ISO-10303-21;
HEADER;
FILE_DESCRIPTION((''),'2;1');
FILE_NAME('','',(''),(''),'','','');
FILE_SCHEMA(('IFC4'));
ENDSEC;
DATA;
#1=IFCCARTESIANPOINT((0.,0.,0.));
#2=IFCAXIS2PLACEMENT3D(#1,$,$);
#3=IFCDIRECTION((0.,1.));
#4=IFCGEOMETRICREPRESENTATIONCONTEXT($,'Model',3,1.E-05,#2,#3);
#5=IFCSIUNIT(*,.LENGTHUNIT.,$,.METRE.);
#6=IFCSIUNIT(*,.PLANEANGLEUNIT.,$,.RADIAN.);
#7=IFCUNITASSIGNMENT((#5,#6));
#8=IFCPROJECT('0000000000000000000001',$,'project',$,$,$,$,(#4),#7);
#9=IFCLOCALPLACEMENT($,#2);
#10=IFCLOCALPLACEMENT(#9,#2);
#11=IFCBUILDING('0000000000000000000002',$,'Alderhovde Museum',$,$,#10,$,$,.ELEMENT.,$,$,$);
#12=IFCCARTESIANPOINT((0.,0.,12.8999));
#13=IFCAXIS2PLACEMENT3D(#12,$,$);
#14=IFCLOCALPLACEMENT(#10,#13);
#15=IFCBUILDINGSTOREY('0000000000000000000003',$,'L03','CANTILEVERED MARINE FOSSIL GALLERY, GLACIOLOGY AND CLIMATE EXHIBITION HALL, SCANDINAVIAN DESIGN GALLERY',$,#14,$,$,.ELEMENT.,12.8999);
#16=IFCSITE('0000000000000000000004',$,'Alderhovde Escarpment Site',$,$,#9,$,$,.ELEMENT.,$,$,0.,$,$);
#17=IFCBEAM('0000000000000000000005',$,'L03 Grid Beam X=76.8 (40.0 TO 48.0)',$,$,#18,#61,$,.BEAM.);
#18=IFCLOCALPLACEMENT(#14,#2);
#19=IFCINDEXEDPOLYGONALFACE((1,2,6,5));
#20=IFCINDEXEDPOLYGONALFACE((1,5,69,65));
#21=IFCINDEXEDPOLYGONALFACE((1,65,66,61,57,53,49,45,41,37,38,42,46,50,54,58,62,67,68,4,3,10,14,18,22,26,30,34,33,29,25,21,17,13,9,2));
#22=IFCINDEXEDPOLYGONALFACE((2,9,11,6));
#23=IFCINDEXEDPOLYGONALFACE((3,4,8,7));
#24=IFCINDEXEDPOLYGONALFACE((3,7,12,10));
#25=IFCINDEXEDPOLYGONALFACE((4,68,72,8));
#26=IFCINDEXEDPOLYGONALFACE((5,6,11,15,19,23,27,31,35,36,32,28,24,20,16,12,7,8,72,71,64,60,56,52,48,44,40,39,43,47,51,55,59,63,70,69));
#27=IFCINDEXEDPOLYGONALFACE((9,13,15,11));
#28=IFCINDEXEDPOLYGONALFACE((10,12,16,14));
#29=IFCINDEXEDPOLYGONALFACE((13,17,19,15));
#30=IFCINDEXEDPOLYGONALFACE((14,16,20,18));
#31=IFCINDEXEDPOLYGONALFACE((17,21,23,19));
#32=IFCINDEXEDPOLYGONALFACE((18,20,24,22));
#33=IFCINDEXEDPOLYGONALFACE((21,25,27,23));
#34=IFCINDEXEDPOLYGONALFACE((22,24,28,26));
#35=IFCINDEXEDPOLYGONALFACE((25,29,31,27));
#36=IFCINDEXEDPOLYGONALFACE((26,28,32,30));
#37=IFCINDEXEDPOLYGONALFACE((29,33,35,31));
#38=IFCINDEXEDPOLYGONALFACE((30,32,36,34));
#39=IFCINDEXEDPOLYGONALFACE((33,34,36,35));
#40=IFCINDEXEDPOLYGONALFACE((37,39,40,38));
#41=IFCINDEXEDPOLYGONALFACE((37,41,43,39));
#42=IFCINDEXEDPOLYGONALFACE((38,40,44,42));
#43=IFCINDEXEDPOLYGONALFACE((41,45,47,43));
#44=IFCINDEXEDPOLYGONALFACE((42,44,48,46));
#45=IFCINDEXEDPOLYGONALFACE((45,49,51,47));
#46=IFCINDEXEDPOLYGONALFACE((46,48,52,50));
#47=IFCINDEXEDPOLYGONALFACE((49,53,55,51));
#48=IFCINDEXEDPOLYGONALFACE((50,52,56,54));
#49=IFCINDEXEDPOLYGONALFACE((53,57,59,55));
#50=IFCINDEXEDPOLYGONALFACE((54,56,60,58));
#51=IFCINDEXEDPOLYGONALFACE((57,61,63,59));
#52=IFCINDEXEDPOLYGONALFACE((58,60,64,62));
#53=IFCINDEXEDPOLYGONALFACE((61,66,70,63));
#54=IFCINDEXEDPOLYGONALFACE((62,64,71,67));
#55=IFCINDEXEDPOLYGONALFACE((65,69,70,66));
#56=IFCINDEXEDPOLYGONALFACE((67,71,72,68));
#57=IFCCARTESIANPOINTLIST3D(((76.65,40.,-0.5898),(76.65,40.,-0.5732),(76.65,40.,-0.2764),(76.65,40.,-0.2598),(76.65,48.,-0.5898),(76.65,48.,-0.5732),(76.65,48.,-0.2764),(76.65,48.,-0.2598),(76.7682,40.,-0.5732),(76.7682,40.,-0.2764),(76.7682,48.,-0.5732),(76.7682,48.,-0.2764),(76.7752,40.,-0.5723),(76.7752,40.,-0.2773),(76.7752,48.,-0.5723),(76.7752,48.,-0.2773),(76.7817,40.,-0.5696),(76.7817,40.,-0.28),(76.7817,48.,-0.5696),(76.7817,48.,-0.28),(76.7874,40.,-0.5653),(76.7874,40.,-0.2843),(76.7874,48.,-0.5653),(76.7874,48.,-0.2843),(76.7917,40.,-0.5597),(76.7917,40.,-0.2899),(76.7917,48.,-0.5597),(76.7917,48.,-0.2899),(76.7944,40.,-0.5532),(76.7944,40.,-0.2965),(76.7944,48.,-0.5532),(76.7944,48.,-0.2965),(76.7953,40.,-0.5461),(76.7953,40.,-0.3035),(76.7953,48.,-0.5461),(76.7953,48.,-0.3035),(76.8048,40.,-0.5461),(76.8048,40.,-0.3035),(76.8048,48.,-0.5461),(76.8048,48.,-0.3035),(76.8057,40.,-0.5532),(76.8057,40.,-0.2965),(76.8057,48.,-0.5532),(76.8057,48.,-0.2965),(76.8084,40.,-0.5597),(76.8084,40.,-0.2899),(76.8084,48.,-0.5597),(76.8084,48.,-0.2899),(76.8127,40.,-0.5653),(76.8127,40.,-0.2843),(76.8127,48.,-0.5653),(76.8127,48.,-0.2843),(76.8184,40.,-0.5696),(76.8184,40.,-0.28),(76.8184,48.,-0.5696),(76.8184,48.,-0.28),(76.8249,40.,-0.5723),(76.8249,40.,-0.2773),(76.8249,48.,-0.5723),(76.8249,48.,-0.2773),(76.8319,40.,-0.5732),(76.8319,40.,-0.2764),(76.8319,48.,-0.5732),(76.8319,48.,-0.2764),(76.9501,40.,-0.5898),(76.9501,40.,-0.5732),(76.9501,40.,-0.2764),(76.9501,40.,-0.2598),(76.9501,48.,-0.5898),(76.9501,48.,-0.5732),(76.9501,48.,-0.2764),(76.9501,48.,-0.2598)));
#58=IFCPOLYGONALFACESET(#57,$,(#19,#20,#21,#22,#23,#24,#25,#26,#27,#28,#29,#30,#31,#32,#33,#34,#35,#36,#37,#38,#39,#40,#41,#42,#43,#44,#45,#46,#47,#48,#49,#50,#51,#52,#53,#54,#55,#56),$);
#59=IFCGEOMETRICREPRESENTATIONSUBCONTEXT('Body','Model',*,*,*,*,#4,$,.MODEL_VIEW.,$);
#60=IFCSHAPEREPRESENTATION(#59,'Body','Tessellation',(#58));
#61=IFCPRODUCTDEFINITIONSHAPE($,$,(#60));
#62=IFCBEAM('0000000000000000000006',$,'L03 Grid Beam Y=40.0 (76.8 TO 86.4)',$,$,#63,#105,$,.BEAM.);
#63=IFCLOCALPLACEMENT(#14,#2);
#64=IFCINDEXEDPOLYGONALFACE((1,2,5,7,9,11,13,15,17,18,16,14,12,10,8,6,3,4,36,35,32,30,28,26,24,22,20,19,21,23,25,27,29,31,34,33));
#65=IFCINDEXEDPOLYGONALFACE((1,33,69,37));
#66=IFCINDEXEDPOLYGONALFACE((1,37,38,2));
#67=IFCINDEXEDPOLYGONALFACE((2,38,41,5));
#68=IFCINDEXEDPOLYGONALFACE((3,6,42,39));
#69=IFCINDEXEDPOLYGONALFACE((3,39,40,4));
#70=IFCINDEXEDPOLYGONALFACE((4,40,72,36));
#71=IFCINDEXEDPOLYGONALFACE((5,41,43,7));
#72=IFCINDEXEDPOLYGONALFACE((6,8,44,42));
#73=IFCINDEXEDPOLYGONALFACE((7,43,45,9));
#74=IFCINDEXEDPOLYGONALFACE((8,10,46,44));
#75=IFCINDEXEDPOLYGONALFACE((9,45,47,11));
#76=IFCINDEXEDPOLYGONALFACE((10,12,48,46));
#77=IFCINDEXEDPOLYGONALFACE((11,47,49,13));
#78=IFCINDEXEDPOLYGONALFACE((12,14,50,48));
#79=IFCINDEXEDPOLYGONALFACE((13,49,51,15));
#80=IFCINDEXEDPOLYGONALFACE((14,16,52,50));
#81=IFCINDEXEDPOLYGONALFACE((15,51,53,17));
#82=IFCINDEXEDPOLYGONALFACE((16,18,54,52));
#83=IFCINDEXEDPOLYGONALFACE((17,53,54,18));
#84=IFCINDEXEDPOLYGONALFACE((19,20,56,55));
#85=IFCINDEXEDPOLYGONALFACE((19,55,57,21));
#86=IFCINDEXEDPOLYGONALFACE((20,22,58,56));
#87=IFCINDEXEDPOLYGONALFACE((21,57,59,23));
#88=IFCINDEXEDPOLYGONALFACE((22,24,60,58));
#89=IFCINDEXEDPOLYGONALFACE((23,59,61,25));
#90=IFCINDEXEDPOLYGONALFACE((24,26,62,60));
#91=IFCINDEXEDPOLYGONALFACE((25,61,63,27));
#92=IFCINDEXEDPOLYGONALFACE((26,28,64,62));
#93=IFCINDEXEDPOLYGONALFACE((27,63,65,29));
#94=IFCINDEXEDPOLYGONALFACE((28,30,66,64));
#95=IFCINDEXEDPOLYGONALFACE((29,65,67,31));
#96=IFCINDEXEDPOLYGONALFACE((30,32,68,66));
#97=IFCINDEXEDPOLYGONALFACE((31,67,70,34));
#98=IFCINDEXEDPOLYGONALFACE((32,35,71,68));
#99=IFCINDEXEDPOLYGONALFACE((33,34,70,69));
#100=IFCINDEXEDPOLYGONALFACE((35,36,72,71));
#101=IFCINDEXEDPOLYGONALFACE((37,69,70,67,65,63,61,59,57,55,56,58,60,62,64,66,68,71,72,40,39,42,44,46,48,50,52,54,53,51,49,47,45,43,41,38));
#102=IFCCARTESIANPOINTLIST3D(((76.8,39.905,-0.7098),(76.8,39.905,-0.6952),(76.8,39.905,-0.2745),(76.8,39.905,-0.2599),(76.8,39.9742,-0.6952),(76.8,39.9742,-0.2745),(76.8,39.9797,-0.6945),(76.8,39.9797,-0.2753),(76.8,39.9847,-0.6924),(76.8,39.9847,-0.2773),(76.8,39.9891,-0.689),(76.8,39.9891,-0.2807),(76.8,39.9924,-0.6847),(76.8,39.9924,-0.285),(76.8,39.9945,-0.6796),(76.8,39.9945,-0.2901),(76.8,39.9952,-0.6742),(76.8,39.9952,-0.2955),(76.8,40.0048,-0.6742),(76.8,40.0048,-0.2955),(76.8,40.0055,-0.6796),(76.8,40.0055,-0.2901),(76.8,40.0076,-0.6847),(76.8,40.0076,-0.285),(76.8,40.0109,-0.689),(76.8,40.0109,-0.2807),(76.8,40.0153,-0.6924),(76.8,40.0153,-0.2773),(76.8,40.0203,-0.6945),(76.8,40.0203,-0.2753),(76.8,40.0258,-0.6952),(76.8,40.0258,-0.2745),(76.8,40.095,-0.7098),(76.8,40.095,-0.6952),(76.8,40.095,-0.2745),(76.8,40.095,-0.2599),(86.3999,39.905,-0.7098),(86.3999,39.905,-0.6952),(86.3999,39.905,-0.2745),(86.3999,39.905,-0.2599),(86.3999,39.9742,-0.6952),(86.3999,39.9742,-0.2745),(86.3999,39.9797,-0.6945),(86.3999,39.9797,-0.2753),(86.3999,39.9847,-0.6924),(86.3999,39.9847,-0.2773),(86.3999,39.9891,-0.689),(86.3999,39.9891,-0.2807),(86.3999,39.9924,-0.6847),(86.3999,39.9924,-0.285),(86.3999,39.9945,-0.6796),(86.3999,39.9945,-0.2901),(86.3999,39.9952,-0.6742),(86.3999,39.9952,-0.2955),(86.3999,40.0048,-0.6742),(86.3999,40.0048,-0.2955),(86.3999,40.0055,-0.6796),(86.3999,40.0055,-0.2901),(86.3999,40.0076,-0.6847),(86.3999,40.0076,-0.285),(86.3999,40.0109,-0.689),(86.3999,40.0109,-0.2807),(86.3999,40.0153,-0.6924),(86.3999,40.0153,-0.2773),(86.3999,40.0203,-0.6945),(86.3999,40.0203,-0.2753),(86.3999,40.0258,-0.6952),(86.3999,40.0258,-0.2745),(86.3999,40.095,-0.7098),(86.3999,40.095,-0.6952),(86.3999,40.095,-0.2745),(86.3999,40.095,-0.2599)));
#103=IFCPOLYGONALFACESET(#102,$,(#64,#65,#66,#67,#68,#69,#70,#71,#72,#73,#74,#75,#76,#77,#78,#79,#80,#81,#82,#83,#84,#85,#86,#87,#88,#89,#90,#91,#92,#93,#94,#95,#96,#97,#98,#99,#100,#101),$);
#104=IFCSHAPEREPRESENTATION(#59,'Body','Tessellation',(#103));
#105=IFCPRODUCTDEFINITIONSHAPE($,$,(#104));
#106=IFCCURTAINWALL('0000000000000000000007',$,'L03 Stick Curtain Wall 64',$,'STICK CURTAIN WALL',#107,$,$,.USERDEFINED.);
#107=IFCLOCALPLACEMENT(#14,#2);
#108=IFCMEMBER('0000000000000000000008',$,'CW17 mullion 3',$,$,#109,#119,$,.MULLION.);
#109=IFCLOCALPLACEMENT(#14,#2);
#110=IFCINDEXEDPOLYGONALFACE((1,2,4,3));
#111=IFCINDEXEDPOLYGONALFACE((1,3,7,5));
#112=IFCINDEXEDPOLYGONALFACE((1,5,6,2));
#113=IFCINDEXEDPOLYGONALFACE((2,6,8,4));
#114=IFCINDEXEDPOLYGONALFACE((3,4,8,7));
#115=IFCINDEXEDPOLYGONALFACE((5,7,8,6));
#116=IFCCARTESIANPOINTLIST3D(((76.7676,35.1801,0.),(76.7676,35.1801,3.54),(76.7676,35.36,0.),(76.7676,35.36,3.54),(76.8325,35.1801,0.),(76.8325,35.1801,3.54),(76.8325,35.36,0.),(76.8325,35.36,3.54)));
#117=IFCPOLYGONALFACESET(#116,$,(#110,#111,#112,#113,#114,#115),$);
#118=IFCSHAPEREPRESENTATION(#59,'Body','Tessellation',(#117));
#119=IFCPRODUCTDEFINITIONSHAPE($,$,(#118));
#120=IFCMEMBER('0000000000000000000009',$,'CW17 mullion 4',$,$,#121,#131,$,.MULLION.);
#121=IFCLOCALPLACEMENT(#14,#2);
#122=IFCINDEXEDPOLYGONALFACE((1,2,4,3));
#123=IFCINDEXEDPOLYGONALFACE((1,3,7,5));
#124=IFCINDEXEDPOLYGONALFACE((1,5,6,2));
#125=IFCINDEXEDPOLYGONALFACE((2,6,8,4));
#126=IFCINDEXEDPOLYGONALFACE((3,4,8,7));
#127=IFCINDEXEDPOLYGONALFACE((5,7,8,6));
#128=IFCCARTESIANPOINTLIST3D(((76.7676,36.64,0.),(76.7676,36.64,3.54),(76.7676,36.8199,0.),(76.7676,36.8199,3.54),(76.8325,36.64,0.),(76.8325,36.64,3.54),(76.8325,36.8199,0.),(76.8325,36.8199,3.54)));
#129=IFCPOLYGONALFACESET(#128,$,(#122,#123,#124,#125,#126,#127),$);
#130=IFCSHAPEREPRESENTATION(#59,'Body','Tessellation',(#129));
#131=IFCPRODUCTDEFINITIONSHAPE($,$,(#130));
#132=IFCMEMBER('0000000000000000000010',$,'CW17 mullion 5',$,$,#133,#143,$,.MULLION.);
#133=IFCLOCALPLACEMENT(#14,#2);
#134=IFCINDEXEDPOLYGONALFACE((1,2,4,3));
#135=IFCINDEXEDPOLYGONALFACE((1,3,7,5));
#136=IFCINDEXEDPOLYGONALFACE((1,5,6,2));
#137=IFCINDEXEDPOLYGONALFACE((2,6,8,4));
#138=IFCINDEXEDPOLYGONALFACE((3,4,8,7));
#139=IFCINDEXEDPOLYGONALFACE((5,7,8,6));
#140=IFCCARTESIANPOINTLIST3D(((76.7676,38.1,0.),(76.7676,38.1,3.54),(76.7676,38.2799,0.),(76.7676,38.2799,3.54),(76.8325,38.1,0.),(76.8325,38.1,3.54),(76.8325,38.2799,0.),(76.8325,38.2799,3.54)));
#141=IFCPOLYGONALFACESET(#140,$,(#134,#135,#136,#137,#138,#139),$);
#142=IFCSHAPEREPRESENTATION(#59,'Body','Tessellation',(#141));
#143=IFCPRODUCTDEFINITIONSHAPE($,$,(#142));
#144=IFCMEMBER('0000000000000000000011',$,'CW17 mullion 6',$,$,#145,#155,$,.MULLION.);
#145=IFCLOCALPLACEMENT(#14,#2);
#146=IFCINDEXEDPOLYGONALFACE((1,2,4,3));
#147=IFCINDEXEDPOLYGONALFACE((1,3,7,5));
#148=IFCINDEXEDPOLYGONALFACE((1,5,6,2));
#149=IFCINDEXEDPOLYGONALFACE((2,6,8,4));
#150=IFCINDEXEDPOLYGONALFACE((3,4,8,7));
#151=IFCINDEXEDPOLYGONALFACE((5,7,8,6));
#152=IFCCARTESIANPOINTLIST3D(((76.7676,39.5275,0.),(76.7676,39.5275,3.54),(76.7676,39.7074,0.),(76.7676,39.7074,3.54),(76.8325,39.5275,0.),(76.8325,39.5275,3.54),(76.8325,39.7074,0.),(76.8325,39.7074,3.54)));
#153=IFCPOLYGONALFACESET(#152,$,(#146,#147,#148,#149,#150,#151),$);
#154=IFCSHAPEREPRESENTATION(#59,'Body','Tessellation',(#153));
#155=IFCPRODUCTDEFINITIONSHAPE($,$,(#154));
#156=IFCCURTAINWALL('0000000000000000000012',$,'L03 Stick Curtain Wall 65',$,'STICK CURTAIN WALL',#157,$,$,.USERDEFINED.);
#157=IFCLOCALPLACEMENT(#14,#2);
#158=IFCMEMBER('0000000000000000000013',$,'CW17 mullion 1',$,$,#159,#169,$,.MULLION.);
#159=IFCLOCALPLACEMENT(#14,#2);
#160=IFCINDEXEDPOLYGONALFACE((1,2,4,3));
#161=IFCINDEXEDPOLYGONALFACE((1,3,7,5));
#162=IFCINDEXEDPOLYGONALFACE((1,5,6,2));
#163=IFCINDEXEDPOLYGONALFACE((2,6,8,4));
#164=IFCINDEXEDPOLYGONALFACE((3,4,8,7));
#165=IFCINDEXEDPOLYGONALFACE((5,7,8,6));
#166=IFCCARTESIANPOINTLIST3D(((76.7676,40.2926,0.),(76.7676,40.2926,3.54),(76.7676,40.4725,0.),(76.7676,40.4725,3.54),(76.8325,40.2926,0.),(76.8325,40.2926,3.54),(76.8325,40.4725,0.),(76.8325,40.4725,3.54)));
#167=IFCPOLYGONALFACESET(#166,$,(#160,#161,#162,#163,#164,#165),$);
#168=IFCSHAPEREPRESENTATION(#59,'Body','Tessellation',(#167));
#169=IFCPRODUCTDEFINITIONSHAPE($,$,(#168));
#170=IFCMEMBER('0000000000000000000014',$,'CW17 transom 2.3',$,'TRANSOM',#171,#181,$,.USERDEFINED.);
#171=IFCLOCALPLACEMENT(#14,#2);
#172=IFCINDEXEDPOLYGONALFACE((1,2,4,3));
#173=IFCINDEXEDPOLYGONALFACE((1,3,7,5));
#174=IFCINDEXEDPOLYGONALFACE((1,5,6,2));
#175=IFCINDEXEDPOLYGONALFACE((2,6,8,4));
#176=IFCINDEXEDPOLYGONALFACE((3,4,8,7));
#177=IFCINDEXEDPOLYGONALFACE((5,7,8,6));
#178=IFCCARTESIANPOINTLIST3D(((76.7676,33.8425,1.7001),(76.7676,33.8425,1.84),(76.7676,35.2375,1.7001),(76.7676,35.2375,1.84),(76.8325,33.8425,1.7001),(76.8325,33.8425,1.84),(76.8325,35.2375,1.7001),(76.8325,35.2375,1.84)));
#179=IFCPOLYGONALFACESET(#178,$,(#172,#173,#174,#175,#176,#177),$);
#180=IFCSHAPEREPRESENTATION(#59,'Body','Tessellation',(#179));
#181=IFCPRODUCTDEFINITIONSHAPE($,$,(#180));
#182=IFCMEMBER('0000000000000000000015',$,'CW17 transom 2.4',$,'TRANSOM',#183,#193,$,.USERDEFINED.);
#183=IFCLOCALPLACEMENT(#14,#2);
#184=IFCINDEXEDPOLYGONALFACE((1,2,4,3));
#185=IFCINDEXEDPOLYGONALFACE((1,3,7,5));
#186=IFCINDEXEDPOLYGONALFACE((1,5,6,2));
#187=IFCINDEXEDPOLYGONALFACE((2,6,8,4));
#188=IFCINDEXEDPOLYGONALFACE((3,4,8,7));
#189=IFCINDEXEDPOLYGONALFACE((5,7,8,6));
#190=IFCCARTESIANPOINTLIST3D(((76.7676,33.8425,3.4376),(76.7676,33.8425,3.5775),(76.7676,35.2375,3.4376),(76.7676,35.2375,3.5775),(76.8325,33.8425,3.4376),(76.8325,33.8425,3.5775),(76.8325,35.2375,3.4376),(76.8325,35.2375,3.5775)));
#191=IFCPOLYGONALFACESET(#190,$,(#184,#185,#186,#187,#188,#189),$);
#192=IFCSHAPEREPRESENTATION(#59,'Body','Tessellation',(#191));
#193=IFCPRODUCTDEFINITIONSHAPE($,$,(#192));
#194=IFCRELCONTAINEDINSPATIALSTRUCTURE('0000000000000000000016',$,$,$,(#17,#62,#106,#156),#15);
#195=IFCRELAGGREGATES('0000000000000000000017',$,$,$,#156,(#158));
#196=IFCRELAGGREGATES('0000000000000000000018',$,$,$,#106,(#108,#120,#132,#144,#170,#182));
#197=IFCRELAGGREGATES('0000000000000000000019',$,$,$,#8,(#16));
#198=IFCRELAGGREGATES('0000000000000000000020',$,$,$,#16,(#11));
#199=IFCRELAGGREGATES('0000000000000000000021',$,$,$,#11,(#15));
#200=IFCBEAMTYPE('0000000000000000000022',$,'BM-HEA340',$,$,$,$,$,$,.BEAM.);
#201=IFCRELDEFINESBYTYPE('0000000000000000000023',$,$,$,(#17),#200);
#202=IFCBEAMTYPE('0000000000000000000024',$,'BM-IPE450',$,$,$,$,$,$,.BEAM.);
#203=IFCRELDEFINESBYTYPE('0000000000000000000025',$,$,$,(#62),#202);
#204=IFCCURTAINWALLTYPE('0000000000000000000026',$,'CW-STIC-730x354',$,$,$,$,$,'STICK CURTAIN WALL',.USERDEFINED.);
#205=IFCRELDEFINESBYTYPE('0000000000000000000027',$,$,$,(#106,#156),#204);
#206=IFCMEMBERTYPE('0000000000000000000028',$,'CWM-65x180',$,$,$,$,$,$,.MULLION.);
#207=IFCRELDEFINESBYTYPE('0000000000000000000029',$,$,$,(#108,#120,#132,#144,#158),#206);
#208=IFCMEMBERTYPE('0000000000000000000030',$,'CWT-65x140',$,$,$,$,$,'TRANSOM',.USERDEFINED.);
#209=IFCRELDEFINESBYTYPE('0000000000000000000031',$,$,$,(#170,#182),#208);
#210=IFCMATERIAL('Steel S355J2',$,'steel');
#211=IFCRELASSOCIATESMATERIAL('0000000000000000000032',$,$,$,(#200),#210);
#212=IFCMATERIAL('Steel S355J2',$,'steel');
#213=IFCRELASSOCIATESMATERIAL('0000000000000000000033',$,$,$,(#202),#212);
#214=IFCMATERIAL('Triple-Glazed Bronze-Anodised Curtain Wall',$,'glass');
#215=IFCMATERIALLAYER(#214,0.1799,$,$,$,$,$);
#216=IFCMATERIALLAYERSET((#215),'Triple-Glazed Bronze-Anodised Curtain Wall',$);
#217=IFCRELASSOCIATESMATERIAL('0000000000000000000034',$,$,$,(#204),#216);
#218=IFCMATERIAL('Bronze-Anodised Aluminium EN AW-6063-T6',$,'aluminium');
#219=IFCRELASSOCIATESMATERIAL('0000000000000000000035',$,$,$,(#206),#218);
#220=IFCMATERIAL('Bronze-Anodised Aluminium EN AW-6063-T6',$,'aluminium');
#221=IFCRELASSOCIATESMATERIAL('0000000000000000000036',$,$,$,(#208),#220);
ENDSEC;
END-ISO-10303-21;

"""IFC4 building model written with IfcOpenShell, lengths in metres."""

from ifc_helpers import new_model, si_unit, direction, frame, origin, origin_2d, place, context, subcontext, project, spatial, rectangle, i_section, extrude, material, layer, layer_set, material_profile, profile_set, type_object, element, aggregate, save


model = new_model("IFC4")

# Units and contexts
model_context = context("Model", 3, precision=1e-05, world=origin(), true_north=direction((0.0, 1.0)))
body_context = subcontext(model_context, "Body", "Model", "MODEL_VIEW")
ifc_project = project(units=[si_unit("LENGTHUNIT", "METRE"), si_unit("PLANEANGLEUNIT", "RADIAN")], contexts=[model_context])

# Site, building, storey
site_placement = place(None, origin())
site = spatial("IfcSite", under=ifc_project, at=site_placement, Name="Alderhovde Escarpment Site", CompositionType="ELEMENT", RefElevation=0.0)
building_placement = place(site_placement, origin())
building = spatial("IfcBuilding", under=site, at=building_placement, Name="Alderhovde Museum", CompositionType="ELEMENT")
storey_placement = place(building_placement, frame((0.0, 0.0, 12.8999)))
storey = spatial("IfcBuildingStorey", under=building, at=storey_placement, Name="L03", Description="CANTILEVERED MARINE FOSSIL GALLERY, GLACIOLOGY AND CLIMATE EXHIBITION HALL, SCANDINAVIAN DESIGN GALLERY", CompositionType="ELEMENT", Elevation=12.8999)

# Beams
ifc_material_1 = material(Name="Steel S355J2", Category="steel")
ifc_material_profile_1 = material_profile(ifc_material_1, i_section(OverallWidth=0.3, OverallDepth=0.3301, WebThickness=0.0095, FlangeThickness=0.0166, FilletRadius=0.0271, at=origin_2d()), Name="HEA 340")
ifc_profile_set_1 = profile_set([ifc_material_profile_1], Name="Steel S355J2")
beam_type_1 = type_object("IfcBeamType", Name="BM-HEA340", PredefinedType="BEAM", material=ifc_profile_set_1)
beam_1_placement = place(storey_placement, frame((76.8, 40.0, -0.4248), z_axis=(0.0, 1.0, 0.0), x_axis=(-1.0, 0.0, 0.0)))
element("IfcBeam", 1, at=beam_1_placement, inside=storey, type_object=beam_type_1, Name="L03 Grid Beam X=76.8 (40.0 TO 48.0)", PredefinedType="BEAM", context=body_context, shape_type="SweptSolid", body=[
    extrude(i_section(OverallWidth=0.3, OverallDepth=0.3301, WebThickness=0.0095, FlangeThickness=0.0166, FilletRadius=0.0271, at=origin_2d()), origin(), (0.0, 0.0, 1.0), 8.0),
])
ifc_material_2 = material(Name="Steel S355J2", Category="steel")
ifc_material_profile_2 = material_profile(ifc_material_2, i_section(OverallWidth=0.1899, OverallDepth=0.45, WebThickness=0.0095, FlangeThickness=0.0146, FilletRadius=0.021, at=origin_2d()), Name="IPE 450")
ifc_profile_set_2 = profile_set([ifc_material_profile_2], Name="Steel S355J2")
beam_type_2 = type_object("IfcBeamType", Name="BM-IPE450", PredefinedType="BEAM", material=ifc_profile_set_2)
beam_2_placement = place(storey_placement, frame((76.8, 40.0, -0.4849), z_axis=(1.0, 0.0, 0.0), x_axis=(0.0, 1.0, 0.0)))
element("IfcBeam", 2, at=beam_2_placement, inside=storey, type_object=beam_type_2, Name="L03 Grid Beam Y=40.0 (76.8 TO 86.4)", PredefinedType="BEAM", context=body_context, shape_type="SweptSolid", body=[
    extrude(i_section(OverallWidth=0.1899, OverallDepth=0.45, WebThickness=0.0095, FlangeThickness=0.0146, FilletRadius=0.021, at=origin_2d()), origin(), (0.0, 0.0, 1.0), 9.5999),
])

# Curtain wall, members
ifc_material_3 = material(Name="Triple-Glazed Bronze-Anodised Curtain Wall", Category="glass")
ifc_layer_1 = layer(ifc_material_3, 0.1799)
ifc_layer_set_1 = layer_set([ifc_layer_1], Name="Triple-Glazed Bronze-Anodised Curtain Wall")
curtain_wall_type = type_object("IfcCurtainWallType", Name="CW-STIC-730x354", ElementType="STICK CURTAIN WALL", PredefinedType="USERDEFINED", material=ifc_layer_set_1)
curtain_wall_1_placement = place(storey_placement, origin())
curtain_wall_1 = element("IfcCurtainWall", 3, at=curtain_wall_1_placement, inside=storey, type_object=curtain_wall_type, Name="L03 Stick Curtain Wall 64", ObjectType="STICK CURTAIN WALL", PredefinedType="USERDEFINED")
ifc_material_4 = material(Name="Bronze-Anodised Aluminium EN AW-6063-T6", Category="aluminium")
ifc_material_profile_3 = material_profile(ifc_material_4, rectangle(XDim=0.0649, YDim=0.1799, at=origin_2d()), Name="MULLION 65x180")
ifc_profile_set_3 = profile_set([ifc_material_profile_3], Name="Bronze-Anodised Aluminium EN AW-6063-T6")
member_type_1 = type_object("IfcMemberType", Name="CWM-65x180", PredefinedType="MULLION", material=ifc_profile_set_3)
member_1_placement = place(storey_placement, frame((76.8, 35.27, 0.0), z_axis=(0.0, 0.0, 1.0), x_axis=(-1.0, 0.0, 0.0)))
member_1 = element("IfcMember", 4, at=member_1_placement, type_object=member_type_1, Name="CW17 mullion 3", PredefinedType="MULLION", context=body_context, shape_type="SweptSolid", body=[
    extrude(rectangle(XDim=0.0649, YDim=0.1799, at=origin_2d()), origin(), (0.0, 0.0, 1.0), 3.54),
])
member_2_placement = place(storey_placement, frame((76.8, 36.73, 0.0), z_axis=(0.0, 0.0, 1.0), x_axis=(-1.0, 0.0, 0.0)))
member_2 = element("IfcMember", 5, at=member_2_placement, type_object=member_type_1, Name="CW17 mullion 4", PredefinedType="MULLION", context=body_context, shape_type="SweptSolid", body=[
    extrude(rectangle(XDim=0.0649, YDim=0.1799, at=origin_2d()), origin(), (0.0, 0.0, 1.0), 3.54),
])
member_3_placement = place(storey_placement, frame((76.8, 38.1899, 0.0), z_axis=(0.0, 0.0, 1.0), x_axis=(-1.0, 0.0, 0.0)))
member_3 = element("IfcMember", 6, at=member_3_placement, type_object=member_type_1, Name="CW17 mullion 5", PredefinedType="MULLION", context=body_context, shape_type="SweptSolid", body=[
    extrude(rectangle(XDim=0.0649, YDim=0.1799, at=origin_2d()), origin(), (0.0, 0.0, 1.0), 3.54),
])
member_4_placement = place(storey_placement, frame((76.8, 39.6174, 0.0), z_axis=(0.0, 0.0, 1.0), x_axis=(-1.0, 0.0, 0.0)))
member_4 = element("IfcMember", 7, at=member_4_placement, type_object=member_type_1, Name="CW17 mullion 6", PredefinedType="MULLION", context=body_context, shape_type="SweptSolid", body=[
    extrude(rectangle(XDim=0.0649, YDim=0.1799, at=origin_2d()), origin(), (0.0, 0.0, 1.0), 3.54),
])

# Curtain wall, member
curtain_wall_2_placement = place(storey_placement, origin())
curtain_wall_2 = element("IfcCurtainWall", 8, at=curtain_wall_2_placement, inside=storey, type_object=curtain_wall_type, Name="L03 Stick Curtain Wall 65", ObjectType="STICK CURTAIN WALL", PredefinedType="USERDEFINED")
member_5_placement = place(storey_placement, frame((76.8, 40.3826, 0.0), z_axis=(0.0, 0.0, 1.0), x_axis=(-1.0, 0.0, 0.0)))
member_5 = element("IfcMember", 9, at=member_5_placement, type_object=member_type_1, Name="CW17 mullion 1", PredefinedType="MULLION", context=body_context, shape_type="SweptSolid", body=[
    extrude(rectangle(XDim=0.0649, YDim=0.1799, at=origin_2d()), origin(), (0.0, 0.0, 1.0), 3.54),
])

# Members
ifc_material_5 = material(Name="Bronze-Anodised Aluminium EN AW-6063-T6", Category="aluminium")
ifc_material_profile_4 = material_profile(ifc_material_5, rectangle(XDim=0.0649, YDim=0.1399, at=origin_2d()), Name="TRANSOM 65x140")
ifc_profile_set_4 = profile_set([ifc_material_profile_4], Name="Bronze-Anodised Aluminium EN AW-6063-T6")
member_type_2 = type_object("IfcMemberType", Name="CWT-65x140", ElementType="TRANSOM", PredefinedType="USERDEFINED", material=ifc_profile_set_4)
member_6_placement = place(storey_placement, frame((76.8, 33.8425, 1.77), z_axis=(0.0, 1.0, 0.0), x_axis=(-1.0, 0.0, 0.0)))
member_6 = element("IfcMember", 10, at=member_6_placement, type_object=member_type_2, Name="CW17 transom 2.3", ObjectType="TRANSOM", PredefinedType="USERDEFINED", context=body_context, shape_type="SweptSolid", body=[
    extrude(rectangle(XDim=0.0649, YDim=0.1399, at=origin_2d()), origin(), (0.0, 0.0, 1.0), 1.395),
])
member_7_placement = place(storey_placement, frame((76.8, 33.8425, 3.5076), z_axis=(0.0, 1.0, 0.0), x_axis=(-1.0, 0.0, 0.0)))
member_7 = element("IfcMember", 11, at=member_7_placement, type_object=member_type_2, Name="CW17 transom 2.4", ObjectType="TRANSOM", PredefinedType="USERDEFINED", context=body_context, shape_type="SweptSolid", body=[
    extrude(rectangle(XDim=0.0649, YDim=0.1399, at=origin_2d()), origin(), (0.0, 0.0, 1.0), 1.395),
])
aggregate(curtain_wall_2, [member_5])

aggregate(curtain_wall_1, [member_1, member_2, member_3, member_4, member_6, member_7])

save(model, "model.ifc")
